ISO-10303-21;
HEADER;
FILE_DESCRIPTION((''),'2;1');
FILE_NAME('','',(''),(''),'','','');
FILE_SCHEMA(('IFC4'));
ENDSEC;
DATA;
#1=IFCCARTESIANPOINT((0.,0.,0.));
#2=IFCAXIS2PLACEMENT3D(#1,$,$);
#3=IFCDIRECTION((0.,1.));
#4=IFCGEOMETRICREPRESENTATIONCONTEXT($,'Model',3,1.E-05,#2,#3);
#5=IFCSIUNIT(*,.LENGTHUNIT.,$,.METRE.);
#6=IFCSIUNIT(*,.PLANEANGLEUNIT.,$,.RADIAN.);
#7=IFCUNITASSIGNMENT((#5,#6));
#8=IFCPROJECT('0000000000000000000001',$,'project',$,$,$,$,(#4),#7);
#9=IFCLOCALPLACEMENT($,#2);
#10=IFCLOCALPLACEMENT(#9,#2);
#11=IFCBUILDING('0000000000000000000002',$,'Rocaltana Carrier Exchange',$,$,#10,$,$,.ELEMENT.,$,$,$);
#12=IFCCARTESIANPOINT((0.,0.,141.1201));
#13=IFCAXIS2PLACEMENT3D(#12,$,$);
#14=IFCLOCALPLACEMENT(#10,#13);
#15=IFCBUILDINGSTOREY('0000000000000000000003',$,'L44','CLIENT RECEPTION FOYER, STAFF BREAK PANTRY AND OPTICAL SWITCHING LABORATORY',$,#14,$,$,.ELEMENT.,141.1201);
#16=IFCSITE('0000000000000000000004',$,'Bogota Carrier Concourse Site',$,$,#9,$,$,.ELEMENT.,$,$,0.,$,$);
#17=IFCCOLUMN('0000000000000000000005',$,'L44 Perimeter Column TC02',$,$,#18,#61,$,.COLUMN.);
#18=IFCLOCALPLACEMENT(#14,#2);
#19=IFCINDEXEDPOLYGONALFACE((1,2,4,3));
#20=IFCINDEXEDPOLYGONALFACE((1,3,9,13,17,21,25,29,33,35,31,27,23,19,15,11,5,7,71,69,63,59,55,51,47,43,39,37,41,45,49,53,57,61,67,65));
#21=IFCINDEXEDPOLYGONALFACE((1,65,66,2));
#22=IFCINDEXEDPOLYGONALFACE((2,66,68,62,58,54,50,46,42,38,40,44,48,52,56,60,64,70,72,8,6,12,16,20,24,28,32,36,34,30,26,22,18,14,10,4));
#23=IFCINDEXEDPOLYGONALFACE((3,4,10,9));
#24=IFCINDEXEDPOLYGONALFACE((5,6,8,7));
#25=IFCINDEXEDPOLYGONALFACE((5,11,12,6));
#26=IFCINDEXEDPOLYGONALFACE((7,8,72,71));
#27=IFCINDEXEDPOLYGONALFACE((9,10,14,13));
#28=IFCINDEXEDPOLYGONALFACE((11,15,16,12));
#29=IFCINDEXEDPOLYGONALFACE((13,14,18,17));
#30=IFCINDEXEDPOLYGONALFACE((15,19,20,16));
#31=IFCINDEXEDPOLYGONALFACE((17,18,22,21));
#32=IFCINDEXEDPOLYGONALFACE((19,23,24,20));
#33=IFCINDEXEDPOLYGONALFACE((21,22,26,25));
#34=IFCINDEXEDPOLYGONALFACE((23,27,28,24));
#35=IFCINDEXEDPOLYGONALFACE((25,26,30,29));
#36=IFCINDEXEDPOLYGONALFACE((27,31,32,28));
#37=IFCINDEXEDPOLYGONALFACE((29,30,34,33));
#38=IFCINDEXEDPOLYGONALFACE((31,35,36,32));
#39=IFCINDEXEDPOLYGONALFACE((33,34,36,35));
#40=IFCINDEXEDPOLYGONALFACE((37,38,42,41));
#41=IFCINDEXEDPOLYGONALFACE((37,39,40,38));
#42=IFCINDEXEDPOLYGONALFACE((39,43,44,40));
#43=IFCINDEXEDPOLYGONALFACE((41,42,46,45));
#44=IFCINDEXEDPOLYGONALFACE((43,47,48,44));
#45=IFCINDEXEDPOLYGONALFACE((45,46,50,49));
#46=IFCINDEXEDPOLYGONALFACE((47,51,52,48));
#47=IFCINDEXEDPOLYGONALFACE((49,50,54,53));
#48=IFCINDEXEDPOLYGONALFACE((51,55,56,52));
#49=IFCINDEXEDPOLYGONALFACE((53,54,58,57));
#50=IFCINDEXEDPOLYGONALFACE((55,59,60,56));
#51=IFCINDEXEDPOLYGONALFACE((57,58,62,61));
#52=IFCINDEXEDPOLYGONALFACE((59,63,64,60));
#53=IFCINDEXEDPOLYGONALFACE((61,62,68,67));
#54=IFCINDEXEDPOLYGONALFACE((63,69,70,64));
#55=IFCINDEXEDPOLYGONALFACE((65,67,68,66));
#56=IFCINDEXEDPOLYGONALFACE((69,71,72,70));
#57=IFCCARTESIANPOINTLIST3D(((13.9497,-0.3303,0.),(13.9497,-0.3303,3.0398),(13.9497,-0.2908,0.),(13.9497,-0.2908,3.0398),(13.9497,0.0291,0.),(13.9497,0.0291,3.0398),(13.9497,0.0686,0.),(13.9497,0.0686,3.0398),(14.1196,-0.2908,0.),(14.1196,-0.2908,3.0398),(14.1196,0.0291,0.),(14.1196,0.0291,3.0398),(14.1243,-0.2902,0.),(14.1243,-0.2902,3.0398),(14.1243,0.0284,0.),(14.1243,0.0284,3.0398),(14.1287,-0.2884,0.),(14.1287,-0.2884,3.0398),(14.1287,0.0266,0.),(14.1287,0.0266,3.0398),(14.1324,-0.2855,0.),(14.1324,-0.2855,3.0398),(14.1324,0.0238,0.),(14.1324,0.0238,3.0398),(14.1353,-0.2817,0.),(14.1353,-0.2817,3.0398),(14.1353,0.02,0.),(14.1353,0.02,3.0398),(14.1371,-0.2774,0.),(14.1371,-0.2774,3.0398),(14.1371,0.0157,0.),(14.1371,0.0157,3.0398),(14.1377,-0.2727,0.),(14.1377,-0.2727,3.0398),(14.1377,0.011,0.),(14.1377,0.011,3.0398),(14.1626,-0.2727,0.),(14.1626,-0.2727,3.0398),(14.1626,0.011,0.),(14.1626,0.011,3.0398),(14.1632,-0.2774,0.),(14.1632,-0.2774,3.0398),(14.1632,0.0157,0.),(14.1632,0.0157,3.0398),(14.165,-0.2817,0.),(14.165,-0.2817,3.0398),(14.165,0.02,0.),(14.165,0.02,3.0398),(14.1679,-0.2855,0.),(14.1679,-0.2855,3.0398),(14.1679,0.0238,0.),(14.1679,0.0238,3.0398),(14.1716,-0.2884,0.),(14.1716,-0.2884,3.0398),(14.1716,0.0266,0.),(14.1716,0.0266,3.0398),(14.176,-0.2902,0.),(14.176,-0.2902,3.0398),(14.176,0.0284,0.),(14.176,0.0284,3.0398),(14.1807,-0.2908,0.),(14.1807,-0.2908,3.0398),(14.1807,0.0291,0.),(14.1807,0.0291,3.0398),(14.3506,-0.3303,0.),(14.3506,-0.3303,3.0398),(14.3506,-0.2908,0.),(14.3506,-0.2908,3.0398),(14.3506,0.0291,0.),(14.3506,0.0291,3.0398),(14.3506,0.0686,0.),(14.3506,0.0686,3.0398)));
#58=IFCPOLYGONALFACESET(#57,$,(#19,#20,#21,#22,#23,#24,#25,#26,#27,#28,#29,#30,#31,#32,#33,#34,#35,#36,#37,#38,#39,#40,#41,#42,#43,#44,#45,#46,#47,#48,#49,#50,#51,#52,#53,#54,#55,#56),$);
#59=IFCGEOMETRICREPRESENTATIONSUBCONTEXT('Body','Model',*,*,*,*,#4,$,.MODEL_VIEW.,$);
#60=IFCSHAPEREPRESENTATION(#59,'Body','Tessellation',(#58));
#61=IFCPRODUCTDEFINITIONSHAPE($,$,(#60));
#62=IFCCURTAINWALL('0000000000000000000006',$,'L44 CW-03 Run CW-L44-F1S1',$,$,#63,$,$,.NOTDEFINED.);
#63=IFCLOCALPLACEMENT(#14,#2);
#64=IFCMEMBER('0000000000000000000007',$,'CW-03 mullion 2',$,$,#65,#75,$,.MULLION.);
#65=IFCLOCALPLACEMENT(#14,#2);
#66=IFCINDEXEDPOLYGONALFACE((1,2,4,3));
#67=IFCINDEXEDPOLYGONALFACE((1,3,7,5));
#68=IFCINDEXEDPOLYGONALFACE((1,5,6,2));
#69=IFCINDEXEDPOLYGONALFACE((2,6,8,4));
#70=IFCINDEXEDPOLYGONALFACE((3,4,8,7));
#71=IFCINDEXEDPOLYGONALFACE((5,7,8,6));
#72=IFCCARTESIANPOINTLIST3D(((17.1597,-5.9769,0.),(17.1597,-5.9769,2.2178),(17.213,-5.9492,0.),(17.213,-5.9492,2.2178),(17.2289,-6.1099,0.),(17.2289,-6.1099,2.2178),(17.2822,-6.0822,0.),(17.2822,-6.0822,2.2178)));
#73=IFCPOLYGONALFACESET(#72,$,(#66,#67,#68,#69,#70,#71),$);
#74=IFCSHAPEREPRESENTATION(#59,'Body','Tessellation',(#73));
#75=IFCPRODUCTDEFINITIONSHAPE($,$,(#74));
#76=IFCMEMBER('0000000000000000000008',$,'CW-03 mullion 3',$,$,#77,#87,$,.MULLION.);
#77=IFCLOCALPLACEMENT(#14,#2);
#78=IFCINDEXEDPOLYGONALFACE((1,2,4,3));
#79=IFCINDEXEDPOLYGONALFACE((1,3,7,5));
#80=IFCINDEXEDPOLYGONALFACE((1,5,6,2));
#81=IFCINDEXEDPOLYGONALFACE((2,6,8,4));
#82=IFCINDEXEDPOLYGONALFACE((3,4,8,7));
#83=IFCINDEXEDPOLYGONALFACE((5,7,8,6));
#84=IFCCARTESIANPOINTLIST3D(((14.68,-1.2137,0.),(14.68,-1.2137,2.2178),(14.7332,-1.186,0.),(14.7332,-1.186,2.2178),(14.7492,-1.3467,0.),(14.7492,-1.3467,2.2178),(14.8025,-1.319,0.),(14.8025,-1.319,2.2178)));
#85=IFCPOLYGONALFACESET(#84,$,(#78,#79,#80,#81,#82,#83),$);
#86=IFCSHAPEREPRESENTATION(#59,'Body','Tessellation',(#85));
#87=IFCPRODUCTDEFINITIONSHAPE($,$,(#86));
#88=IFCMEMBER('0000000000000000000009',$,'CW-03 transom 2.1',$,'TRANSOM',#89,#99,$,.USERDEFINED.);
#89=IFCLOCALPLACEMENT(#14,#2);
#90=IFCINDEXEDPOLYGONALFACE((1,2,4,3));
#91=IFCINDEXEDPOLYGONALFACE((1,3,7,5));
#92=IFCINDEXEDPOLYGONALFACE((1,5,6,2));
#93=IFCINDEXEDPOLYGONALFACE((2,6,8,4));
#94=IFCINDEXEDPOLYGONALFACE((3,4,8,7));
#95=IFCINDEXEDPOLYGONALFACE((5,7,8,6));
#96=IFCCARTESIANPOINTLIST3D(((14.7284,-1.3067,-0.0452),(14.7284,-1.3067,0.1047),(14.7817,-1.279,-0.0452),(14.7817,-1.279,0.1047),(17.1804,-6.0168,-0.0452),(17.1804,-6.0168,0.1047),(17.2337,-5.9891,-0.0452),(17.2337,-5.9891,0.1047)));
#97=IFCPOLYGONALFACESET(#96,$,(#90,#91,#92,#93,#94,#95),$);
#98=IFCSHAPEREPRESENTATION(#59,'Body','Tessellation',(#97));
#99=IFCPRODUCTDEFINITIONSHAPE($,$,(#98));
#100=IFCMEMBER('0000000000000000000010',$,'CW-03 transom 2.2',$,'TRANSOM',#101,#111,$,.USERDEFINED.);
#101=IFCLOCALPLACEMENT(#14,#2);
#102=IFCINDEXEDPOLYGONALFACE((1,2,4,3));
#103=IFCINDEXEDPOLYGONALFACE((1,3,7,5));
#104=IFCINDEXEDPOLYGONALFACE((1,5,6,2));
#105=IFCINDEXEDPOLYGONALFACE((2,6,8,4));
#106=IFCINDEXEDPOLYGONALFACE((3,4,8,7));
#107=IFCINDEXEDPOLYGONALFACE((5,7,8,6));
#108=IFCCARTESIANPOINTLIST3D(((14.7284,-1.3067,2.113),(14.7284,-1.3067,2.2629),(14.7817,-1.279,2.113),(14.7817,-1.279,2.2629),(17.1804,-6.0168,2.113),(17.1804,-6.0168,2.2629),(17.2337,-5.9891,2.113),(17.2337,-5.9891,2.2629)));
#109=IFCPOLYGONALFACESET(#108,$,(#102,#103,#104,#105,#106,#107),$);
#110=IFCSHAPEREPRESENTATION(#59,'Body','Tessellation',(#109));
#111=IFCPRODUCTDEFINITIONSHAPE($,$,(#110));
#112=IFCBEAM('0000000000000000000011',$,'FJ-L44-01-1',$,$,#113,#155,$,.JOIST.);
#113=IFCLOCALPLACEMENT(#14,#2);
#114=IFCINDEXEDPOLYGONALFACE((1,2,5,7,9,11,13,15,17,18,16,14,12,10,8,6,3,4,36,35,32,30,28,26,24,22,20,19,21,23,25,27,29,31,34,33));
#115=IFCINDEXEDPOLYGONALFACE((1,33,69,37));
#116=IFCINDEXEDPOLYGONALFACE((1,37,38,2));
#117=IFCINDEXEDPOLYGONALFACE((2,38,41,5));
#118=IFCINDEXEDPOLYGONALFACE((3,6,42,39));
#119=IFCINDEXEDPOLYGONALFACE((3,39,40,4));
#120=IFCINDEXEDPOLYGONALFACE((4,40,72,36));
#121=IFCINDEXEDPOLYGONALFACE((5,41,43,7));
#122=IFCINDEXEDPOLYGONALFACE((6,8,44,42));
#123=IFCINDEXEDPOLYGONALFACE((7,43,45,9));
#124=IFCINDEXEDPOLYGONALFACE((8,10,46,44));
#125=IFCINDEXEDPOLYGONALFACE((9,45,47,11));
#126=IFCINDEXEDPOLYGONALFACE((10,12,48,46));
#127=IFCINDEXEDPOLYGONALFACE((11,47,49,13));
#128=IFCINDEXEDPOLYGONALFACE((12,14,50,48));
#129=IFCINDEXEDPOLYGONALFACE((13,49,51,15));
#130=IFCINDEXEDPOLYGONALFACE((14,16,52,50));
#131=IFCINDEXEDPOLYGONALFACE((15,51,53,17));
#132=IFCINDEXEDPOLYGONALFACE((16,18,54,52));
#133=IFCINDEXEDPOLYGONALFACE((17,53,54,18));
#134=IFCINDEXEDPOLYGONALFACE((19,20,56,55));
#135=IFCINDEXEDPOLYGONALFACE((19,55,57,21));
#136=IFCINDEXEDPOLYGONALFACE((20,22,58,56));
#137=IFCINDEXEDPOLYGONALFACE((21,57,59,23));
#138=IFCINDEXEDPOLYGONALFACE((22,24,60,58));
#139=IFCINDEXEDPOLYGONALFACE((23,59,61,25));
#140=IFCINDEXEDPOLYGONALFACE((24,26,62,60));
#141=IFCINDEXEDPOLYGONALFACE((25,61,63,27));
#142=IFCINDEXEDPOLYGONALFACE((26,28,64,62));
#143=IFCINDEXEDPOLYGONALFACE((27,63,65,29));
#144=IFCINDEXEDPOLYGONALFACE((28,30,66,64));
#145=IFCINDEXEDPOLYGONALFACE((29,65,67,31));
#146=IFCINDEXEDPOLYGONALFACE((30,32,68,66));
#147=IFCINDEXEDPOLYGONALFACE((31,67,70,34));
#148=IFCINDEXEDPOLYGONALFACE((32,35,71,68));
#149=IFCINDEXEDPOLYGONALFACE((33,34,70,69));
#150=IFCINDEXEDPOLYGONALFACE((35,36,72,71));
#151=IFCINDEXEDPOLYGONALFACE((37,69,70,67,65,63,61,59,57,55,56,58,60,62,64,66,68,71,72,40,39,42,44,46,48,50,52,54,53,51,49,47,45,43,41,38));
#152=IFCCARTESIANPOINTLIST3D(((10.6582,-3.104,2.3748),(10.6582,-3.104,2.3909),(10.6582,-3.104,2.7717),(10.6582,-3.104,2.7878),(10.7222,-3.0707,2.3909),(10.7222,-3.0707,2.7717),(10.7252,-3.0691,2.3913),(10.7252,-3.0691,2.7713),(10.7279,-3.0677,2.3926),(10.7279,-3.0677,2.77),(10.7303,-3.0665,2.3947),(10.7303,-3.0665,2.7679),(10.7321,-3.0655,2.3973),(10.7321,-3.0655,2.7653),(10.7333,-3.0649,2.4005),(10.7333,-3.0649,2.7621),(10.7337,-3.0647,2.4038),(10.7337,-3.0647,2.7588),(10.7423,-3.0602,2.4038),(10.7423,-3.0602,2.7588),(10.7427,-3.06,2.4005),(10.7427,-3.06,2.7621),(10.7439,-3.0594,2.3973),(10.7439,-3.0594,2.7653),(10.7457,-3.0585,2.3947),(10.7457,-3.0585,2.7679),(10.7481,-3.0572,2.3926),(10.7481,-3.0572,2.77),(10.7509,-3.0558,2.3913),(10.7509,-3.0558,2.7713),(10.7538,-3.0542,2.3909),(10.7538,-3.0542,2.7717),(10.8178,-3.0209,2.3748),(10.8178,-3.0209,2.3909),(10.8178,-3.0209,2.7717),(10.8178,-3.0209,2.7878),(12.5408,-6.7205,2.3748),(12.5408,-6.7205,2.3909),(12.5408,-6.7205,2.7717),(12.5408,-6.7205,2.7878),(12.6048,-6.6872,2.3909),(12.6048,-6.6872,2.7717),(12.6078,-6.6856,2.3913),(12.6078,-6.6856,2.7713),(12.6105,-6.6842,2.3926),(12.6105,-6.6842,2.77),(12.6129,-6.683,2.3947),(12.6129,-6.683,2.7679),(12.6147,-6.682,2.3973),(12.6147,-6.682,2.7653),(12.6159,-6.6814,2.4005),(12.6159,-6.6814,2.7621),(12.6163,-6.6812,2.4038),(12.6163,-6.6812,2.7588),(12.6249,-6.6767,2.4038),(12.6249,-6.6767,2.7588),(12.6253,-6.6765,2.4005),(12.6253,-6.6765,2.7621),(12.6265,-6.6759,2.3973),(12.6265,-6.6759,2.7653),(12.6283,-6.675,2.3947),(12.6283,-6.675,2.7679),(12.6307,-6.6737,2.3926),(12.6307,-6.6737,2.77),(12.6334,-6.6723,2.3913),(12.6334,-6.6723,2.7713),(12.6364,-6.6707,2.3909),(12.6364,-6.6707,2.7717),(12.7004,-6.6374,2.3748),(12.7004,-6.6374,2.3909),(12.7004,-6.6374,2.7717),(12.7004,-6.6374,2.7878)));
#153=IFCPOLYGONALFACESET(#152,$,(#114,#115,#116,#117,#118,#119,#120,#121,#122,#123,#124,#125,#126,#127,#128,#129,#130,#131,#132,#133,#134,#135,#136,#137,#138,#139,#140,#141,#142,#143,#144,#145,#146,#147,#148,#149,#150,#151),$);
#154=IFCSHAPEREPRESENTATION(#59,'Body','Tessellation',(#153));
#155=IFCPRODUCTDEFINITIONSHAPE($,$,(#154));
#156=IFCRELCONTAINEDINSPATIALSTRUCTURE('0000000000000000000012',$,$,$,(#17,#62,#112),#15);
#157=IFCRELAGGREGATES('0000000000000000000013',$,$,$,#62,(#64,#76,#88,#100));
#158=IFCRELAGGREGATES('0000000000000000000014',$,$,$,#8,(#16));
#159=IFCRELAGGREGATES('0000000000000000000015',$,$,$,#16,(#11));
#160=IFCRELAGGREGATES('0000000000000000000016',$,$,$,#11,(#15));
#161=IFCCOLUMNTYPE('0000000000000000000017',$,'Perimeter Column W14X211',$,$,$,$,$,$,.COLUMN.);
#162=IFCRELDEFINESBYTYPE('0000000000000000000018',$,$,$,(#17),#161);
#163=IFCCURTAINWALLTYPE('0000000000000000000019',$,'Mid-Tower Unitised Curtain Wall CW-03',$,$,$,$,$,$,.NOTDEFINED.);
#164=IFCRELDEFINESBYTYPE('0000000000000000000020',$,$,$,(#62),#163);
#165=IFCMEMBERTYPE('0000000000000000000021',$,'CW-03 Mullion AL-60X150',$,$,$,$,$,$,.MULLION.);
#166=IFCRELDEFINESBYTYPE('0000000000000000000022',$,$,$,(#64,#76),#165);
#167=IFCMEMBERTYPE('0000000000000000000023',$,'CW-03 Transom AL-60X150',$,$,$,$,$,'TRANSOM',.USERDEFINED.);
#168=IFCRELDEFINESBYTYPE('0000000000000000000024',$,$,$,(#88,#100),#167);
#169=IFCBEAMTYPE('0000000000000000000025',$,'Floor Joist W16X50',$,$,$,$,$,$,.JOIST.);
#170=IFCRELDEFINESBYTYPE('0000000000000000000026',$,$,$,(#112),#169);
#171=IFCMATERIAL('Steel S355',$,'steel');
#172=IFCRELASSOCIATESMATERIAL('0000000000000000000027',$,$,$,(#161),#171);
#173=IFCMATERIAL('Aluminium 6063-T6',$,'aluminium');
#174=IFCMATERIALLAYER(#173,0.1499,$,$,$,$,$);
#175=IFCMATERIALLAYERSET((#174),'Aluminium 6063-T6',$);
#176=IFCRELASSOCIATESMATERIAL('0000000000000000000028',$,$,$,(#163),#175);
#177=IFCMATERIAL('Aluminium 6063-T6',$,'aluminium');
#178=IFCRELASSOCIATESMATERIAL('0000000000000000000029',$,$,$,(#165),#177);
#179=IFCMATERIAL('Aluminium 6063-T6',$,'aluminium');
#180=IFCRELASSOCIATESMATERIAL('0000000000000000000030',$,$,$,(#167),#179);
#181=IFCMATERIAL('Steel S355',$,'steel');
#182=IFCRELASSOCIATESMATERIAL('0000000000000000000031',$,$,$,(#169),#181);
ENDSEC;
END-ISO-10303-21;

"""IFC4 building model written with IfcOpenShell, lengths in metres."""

from ifc_helpers import new_model, si_unit, direction, frame, origin, origin_2d, place, context, subcontext, project, spatial, rectangle, i_section, extrude, material, layer, layer_set, material_profile, profile_set, type_object, element, aggregate, save


model = new_model("IFC4")

# Units and contexts
model_context = context("Model", 3, precision=1e-05, world=origin(), true_north=direction((0.0, 1.0)))
body_context = subcontext(model_context, "Body", "Model", "MODEL_VIEW")
ifc_project = project(units=[si_unit("LENGTHUNIT", "METRE"), si_unit("PLANEANGLEUNIT", "RADIAN")], contexts=[model_context])

# Site, building, storey
site_placement = place(None, origin())
site = spatial("IfcSite", under=ifc_project, at=site_placement, Name="Bogota Carrier Concourse Site", CompositionType="ELEMENT", RefElevation=0.0)
building_placement = place(site_placement, origin())
building = spatial("IfcBuilding", under=site, at=building_placement, Name="Rocaltana Carrier Exchange", CompositionType="ELEMENT")
storey_placement = place(building_placement, frame((0.0, 0.0, 141.1201)))
storey = spatial("IfcBuildingStorey", under=building, at=storey_placement, Name="L44", Description="CLIENT RECEPTION FOYER, STAFF BREAK PANTRY AND OPTICAL SWITCHING LABORATORY", CompositionType="ELEMENT", Elevation=141.1201)

# Column
ifc_material_1 = material(Name="Steel S355", Category="steel")
ifc_material_profile_1 = material_profile(ifc_material_1, i_section(OverallWidth=0.4009, OverallDepth=0.3989, WebThickness=0.0249, FlangeThickness=0.0396, FilletRadius=0.0181, at=origin_2d()), Name="W14X211")
ifc_profile_set_1 = profile_set([ifc_material_profile_1], Name="Steel S355")
column_type = type_object("IfcColumnType", Name="Perimeter Column W14X211", PredefinedType="COLUMN", material=ifc_profile_set_1)
column_placement = place(storey_placement, frame((14.1501, -0.1309, 0.0), z_axis=(0.0, 0.0, 1.0), x_axis=(1.0, 0.0, 0.0)))
element("IfcColumn", 1, at=column_placement, inside=storey, type_object=column_type, Name="L44 Perimeter Column TC02", PredefinedType="COLUMN", context=body_context, shape_type="SweptSolid", body=[
    extrude(i_section(OverallWidth=0.4009, OverallDepth=0.3989, WebThickness=0.0249, FlangeThickness=0.0396, FilletRadius=0.0181, at=origin_2d()), origin(), (0.0, 0.0, 1.0), 3.0398),
])

# Curtain wall, members
ifc_material_2 = material(Name="Aluminium 6063-T6", Category="aluminium")
ifc_layer_1 = layer(ifc_material_2, 0.1499)
ifc_layer_set_1 = layer_set([ifc_layer_1], Name="Aluminium 6063-T6")
curtain_wall_type = type_object("IfcCurtainWallType", Name="Mid-Tower Unitised Curtain Wall CW-03", PredefinedType="NOTDEFINED", material=ifc_layer_set_1)
curtain_wall_placement = place(storey_placement, origin())
curtain_wall = element("IfcCurtainWall", 2, at=curtain_wall_placement, inside=storey, type_object=curtain_wall_type, Name="L44 CW-03 Run CW-L44-F1S1", PredefinedType="NOTDEFINED")
ifc_material_3 = material(Name="Aluminium 6063-T6", Category="aluminium")
ifc_material_profile_2 = material_profile(ifc_material_3, rectangle(XDim=0.0601, YDim=0.1499, at=origin_2d()), Name="AL-60X150")
ifc_profile_set_2 = profile_set([ifc_material_profile_2], Name="Aluminium 6063-T6")
member_type_1 = type_object("IfcMemberType", Name="CW-03 Mullion AL-60X150", PredefinedType="MULLION", material=ifc_profile_set_2)
member_1_placement = place(storey_placement, frame((17.2209, -6.0295, 0.0), z_axis=(0.0, 0.0, 1.0), x_axis=(-0.88701, -0.46175, 0.0)))
member_1 = element("IfcMember", 3, at=member_1_placement, type_object=member_type_1, Name="CW-03 mullion 2", PredefinedType="MULLION", context=body_context, shape_type="SweptSolid", body=[
    extrude(rectangle(XDim=0.0601, YDim=0.1499, at=origin_2d()), origin(), (0.0, 0.0, 1.0), 2.2178),
])
member_2_placement = place(storey_placement, frame((14.7412, -1.2664, 0.0), z_axis=(0.0, 0.0, 1.0), x_axis=(-0.88701, -0.46175, 0.0)))
member_2 = element("IfcMember", 4, at=member_2_placement, type_object=member_type_1, Name="CW-03 mullion 3", PredefinedType="MULLION", context=body_context, shape_type="SweptSolid", body=[
    extrude(rectangle(XDim=0.0601, YDim=0.1499, at=origin_2d()), origin(), (0.0, 0.0, 1.0), 2.2178),
])
ifc_material_4 = material(Name="Aluminium 6063-T6", Category="aluminium")
ifc_material_profile_3 = material_profile(ifc_material_4, rectangle(XDim=0.0601, YDim=0.1499, at=origin_2d()), Name="AL-60X150")
ifc_profile_set_3 = profile_set([ifc_material_profile_3], Name="Aluminium 6063-T6")
member_type_2 = type_object("IfcMemberType", Name="CW-03 Transom AL-60X150", ElementType="TRANSOM", PredefinedType="USERDEFINED", material=ifc_profile_set_3)
member_3_placement = place(storey_placement, frame((17.207, -6.0029, 0.0298), z_axis=(-0.461757, 0.887007, 0.0), x_axis=(-0.887007, -0.461757, 0.0)))
member_3 = element("IfcMember", 5, at=member_3_placement, type_object=member_type_2, Name="CW-03 transom 2.1", ObjectType="TRANSOM", PredefinedType="USERDEFINED", context=body_context, shape_type="SweptSolid", body=[
    extrude(rectangle(XDim=0.0601, YDim=0.1499, at=origin_2d()), origin(), (0.0, 0.0, 1.0), 5.3101),
])
member_4_placement = place(storey_placement, frame((17.207, -6.0029, 2.188), z_axis=(-0.461757, 0.887007, 0.0), x_axis=(-0.887007, -0.461757, 0.0)))
member_4 = element("IfcMember", 6, at=member_4_placement, type_object=member_type_2, Name="CW-03 transom 2.2", ObjectType="TRANSOM", PredefinedType="USERDEFINED", context=body_context, shape_type="SweptSolid", body=[
    extrude(rectangle(XDim=0.0601, YDim=0.1499, at=origin_2d()), origin(), (0.0, 0.0, 1.0), 5.3101),
])

# Beam
ifc_material_5 = material(Name="Steel S355", Category="steel")
ifc_material_profile_4 = material_profile(ifc_material_5, i_section(OverallWidth=0.1799, OverallDepth=0.4131, WebThickness=0.0098, FlangeThickness=0.0161, FilletRadius=0.0129, at=origin_2d()), Name="W16X50")
ifc_profile_set_4 = profile_set([ifc_material_profile_4], Name="Steel S355")
beam_type_1 = type_object("IfcBeamType", Name="Floor Joist W16X50", PredefinedType="JOIST", material=ifc_profile_set_4)
beam_1_placement = place(storey_placement, frame((12.6206, -6.679, 2.5813), z_axis=(-0.461741, 0.887015, 0.0), x_axis=(-0.887015, -0.461741, 0.0)))
element("IfcBeam", 7, at=beam_1_placement, inside=storey, type_object=beam_type_1, Name="FJ-L44-01-1", PredefinedType="JOIST", context=body_context, shape_type="SweptSolid", body=[
    extrude(i_section(OverallWidth=0.1799, OverallDepth=0.4131, WebThickness=0.0098, FlangeThickness=0.0161, FilletRadius=0.0129, at=origin_2d()), origin(), (0.0, 0.0, 1.0), 4.0771),
])

aggregate(curtain_wall, [member_1, member_2, member_3, member_4])

save(model, "model.ifc")
